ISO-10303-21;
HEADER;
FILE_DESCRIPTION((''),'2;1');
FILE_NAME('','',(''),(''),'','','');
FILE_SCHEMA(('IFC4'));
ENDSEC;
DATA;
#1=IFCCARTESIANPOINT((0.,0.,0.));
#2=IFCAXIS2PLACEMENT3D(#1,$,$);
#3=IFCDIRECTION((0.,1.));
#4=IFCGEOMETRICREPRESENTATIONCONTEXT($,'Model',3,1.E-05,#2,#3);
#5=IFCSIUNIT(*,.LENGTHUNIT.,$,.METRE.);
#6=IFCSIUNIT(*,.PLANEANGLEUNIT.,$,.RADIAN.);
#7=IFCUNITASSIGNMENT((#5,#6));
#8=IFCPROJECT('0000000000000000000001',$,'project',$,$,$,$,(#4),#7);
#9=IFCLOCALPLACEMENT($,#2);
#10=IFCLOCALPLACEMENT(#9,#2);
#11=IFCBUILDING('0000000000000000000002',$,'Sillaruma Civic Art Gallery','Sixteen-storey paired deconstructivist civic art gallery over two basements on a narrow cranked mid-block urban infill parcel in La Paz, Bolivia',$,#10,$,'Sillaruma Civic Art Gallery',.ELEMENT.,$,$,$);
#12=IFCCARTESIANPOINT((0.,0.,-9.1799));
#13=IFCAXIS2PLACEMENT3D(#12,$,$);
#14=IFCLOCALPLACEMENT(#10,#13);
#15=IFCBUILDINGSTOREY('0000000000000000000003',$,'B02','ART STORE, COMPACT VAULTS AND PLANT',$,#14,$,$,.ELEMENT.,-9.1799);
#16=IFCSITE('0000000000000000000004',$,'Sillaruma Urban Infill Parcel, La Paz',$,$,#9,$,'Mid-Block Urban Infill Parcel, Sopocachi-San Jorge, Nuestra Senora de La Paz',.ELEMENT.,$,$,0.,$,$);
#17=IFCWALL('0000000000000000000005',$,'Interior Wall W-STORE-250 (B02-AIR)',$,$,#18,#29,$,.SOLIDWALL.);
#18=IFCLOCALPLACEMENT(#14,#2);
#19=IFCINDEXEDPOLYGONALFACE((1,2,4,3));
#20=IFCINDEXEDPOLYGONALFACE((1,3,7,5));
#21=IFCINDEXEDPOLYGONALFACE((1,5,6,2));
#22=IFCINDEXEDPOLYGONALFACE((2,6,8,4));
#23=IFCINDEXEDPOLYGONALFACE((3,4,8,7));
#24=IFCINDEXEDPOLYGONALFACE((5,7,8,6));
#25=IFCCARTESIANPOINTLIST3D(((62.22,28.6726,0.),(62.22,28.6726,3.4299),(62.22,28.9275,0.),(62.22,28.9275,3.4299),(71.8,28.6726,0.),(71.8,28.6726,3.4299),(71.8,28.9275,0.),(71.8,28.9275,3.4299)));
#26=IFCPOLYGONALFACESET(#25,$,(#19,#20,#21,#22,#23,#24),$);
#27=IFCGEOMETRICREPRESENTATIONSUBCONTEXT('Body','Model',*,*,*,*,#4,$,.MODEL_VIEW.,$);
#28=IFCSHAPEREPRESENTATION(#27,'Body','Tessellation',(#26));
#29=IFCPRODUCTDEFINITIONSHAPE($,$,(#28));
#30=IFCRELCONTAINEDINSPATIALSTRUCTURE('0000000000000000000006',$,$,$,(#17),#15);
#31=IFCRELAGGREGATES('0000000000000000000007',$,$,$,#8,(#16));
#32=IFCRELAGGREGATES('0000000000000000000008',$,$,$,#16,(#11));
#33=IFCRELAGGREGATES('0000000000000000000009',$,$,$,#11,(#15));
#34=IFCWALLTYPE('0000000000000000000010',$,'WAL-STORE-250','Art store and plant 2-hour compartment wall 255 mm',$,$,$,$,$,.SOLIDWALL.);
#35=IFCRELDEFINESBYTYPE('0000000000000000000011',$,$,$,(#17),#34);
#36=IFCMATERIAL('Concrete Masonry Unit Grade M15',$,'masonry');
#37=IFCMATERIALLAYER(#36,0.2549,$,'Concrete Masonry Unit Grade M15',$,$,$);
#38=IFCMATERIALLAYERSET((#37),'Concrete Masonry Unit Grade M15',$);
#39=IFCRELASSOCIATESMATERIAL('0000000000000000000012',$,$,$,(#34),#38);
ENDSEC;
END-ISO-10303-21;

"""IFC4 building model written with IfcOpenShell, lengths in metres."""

from ifc_helpers import new_model, si_unit, direction, frame, frame_2d, origin, place, context, subcontext, project, spatial, rectangle, extrude, material, layer, layer_set, type_object, element, save


model = new_model("IFC4")

# Units and contexts
model_context = context("Model", 3, precision=1e-05, world=origin(), true_north=direction((0.0, 1.0)))
body_context = subcontext(model_context, "Body", "Model", "MODEL_VIEW")
ifc_project = project(units=[si_unit("LENGTHUNIT", "METRE"), si_unit("PLANEANGLEUNIT", "RADIAN")], contexts=[model_context])

# Site, building, storey
site_placement = place(None, origin())
site = spatial("IfcSite", under=ifc_project, at=site_placement, Name="Sillaruma Urban Infill Parcel, La Paz", LongName="Mid-Block Urban Infill Parcel, Sopocachi-San Jorge, Nuestra Senora de La Paz", CompositionType="ELEMENT", RefElevation=0.0)
building_placement = place(site_placement, origin())
building = spatial("IfcBuilding", under=site, at=building_placement, Name="Sillaruma Civic Art Gallery", Description="Sixteen-storey paired deconstructivist civic art gallery over two basements on a narrow cranked mid-block urban infill parcel in La Paz, Bolivia", LongName="Sillaruma Civic Art Gallery", CompositionType="ELEMENT")
storey_placement = place(building_placement, frame((0.0, 0.0, -9.1799)))
storey = spatial("IfcBuildingStorey", under=building, at=storey_placement, Name="B02", Description="ART STORE, COMPACT VAULTS AND PLANT", CompositionType="ELEMENT", Elevation=-9.1799)

# Wall
ifc_material_1 = material(Name="Concrete Masonry Unit Grade M15", Category="masonry")
ifc_layer_1 = layer(ifc_material_1, 0.2549, Name="Concrete Masonry Unit Grade M15")
ifc_layer_set_1 = layer_set([ifc_layer_1], Name="Concrete Masonry Unit Grade M15")
wall_type_1 = type_object("IfcWallType", Name="WAL-STORE-250", Description="Art store and plant 2-hour compartment wall 255 mm", PredefinedType="SOLIDWALL", material=ifc_layer_set_1)
wall_1_placement = place(storey_placement, frame((62.22, 28.8, 0.0), z_axis=(0.0, 0.0, 1.0), x_axis=(1.0, 0.0, 0.0)))
element("IfcWall", 1, at=wall_1_placement, inside=storey, type_object=wall_type_1, Name="Interior Wall W-STORE-250 (B02-AIR)", PredefinedType="SOLIDWALL", context=body_context, shape_type="SweptSolid", body=[
    extrude(rectangle(XDim=9.5801, YDim=0.2549, at=frame_2d((4.79, 0.0))), origin(), (0.0, 0.0, 1.0), 3.4299),
])

save(model, "model.ifc")
